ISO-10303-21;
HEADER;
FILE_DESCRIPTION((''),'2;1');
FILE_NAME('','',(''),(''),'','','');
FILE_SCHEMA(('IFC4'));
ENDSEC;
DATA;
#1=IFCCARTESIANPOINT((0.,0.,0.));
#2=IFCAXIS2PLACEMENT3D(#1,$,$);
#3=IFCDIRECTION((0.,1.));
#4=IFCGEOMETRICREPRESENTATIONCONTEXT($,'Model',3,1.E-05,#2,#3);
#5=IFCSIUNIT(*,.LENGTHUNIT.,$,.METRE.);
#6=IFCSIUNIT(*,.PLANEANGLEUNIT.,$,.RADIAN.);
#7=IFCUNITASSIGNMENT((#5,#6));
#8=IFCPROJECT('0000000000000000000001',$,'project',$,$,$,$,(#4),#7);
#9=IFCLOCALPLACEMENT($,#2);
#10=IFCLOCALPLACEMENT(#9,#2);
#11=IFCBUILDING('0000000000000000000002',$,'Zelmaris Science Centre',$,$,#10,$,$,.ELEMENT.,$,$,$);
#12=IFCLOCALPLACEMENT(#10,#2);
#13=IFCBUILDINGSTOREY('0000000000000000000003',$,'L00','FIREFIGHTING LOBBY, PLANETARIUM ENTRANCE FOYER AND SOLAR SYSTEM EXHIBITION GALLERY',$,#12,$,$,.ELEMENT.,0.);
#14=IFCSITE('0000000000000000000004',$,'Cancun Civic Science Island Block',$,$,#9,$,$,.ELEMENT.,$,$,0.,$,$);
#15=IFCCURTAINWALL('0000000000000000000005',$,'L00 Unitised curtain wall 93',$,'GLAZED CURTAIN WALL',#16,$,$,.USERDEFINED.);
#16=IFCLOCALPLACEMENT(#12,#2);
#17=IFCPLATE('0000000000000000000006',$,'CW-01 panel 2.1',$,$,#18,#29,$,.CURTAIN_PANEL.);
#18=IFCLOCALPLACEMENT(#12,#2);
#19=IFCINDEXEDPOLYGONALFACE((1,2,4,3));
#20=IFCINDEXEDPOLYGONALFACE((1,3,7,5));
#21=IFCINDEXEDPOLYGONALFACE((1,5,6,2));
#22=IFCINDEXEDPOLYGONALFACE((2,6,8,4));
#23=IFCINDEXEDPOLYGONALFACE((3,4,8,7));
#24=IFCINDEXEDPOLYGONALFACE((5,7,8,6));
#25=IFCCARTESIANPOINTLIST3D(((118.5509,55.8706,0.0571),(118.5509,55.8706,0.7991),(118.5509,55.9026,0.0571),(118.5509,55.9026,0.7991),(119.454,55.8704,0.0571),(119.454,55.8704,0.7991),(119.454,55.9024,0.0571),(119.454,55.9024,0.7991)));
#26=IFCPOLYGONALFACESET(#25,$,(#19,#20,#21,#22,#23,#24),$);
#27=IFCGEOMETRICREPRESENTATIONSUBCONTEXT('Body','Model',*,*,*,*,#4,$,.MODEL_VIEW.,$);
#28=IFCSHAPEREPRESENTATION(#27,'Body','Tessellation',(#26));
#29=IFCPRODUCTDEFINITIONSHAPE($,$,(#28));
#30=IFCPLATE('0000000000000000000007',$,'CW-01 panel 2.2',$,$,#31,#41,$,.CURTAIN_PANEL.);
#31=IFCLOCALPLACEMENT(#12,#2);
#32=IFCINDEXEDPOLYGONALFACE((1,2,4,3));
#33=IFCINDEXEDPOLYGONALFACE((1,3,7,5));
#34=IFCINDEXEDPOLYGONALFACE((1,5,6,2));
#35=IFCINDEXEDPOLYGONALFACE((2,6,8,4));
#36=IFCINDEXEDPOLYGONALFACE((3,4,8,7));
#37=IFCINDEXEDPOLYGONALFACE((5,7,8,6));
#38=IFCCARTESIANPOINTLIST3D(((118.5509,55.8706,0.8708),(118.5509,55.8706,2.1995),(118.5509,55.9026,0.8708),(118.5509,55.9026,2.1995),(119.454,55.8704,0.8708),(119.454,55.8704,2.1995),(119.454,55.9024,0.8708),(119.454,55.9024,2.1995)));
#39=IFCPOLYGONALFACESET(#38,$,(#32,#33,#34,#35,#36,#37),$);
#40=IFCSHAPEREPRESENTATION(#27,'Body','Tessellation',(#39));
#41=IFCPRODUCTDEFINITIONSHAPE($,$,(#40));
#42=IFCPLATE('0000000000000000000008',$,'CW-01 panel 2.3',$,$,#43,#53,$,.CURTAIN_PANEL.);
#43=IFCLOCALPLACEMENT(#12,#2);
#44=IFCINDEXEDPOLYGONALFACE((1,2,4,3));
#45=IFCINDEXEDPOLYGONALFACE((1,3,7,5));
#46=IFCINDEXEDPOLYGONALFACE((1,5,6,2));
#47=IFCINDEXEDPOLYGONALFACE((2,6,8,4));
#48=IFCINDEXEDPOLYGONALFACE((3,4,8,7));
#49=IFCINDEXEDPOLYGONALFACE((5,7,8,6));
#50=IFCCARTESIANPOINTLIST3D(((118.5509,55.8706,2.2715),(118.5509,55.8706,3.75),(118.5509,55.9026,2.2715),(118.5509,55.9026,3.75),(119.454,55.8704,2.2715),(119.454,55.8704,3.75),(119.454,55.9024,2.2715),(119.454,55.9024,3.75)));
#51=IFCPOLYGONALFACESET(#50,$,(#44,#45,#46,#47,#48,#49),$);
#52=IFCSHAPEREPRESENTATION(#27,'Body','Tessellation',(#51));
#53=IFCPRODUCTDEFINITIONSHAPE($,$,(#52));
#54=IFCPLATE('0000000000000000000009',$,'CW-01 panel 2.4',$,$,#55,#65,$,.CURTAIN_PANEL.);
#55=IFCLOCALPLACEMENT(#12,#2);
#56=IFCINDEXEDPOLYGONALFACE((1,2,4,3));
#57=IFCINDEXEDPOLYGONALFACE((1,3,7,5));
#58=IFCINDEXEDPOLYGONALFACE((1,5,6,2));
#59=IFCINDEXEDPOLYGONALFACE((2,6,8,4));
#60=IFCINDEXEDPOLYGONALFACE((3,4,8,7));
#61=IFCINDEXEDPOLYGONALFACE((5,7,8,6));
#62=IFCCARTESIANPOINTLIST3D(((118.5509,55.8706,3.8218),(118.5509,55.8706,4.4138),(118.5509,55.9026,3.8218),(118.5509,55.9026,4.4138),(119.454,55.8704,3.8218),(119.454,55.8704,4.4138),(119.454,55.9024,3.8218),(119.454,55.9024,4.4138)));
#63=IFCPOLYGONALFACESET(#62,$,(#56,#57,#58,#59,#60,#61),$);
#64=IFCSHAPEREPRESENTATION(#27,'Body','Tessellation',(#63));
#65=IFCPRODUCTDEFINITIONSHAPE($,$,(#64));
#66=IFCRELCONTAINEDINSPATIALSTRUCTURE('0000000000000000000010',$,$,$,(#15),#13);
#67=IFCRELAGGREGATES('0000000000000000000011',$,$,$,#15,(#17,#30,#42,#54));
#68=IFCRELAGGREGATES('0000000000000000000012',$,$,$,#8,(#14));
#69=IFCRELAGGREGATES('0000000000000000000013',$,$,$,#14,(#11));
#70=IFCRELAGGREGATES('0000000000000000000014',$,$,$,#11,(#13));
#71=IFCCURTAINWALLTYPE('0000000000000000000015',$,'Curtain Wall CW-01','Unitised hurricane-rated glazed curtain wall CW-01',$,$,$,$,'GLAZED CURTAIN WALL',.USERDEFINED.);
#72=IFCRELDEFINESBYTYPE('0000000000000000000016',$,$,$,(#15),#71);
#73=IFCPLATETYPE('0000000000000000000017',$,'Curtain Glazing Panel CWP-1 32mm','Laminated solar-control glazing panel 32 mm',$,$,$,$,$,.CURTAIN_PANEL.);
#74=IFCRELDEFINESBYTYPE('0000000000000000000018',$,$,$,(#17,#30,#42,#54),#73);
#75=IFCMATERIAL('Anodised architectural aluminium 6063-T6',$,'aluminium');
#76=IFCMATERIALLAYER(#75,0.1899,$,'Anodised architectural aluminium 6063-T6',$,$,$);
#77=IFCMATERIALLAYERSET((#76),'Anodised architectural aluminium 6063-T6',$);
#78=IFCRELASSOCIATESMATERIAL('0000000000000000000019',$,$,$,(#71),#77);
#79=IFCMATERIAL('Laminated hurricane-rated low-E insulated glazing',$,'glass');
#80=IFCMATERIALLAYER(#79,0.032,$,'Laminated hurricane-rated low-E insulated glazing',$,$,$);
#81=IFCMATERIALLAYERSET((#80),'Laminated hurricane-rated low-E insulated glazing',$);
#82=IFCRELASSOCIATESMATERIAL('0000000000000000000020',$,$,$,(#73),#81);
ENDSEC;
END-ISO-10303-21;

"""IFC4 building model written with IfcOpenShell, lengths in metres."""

from ifc_helpers import new_model, si_unit, direction, frame, origin, origin_2d, place, context, subcontext, project, spatial, rectangle, extrude, material, layer, layer_set, type_object, element, aggregate, save


model = new_model("IFC4")

# Units and contexts
model_context = context("Model", 3, precision=1e-05, world=origin(), true_north=direction((0.0, 1.0)))
body_context = subcontext(model_context, "Body", "Model", "MODEL_VIEW")
ifc_project = project(units=[si_unit("LENGTHUNIT", "METRE"), si_unit("PLANEANGLEUNIT", "RADIAN")], contexts=[model_context])

# Site, building, storey
site_placement = place(None, origin())
site = spatial("IfcSite", under=ifc_project, at=site_placement, Name="Cancun Civic Science Island Block", CompositionType="ELEMENT", RefElevation=0.0)
building_placement = place(site_placement, origin())
building = spatial("IfcBuilding", under=site, at=building_placement, Name="Zelmaris Science Centre", CompositionType="ELEMENT")
storey_placement = place(building_placement, origin())
storey = spatial("IfcBuildingStorey", under=building, at=storey_placement, Name="L00", Description="FIREFIGHTING LOBBY, PLANETARIUM ENTRANCE FOYER AND SOLAR SYSTEM EXHIBITION GALLERY", CompositionType="ELEMENT", Elevation=0.0)

# Shared definitions
ifc_material_1 = material(Name="Anodised architectural aluminium 6063-T6", Category="aluminium")

# Curtain wall
ifc_layer_1 = layer(ifc_material_1, 0.1899, Name="Anodised architectural aluminium 6063-T6")
ifc_layer_set_1 = layer_set([ifc_layer_1], Name="Anodised architectural aluminium 6063-T6")
curtain_wall_type_1 = type_object("IfcCurtainWallType", Name="Curtain Wall CW-01", Description="Unitised hurricane-rated glazed curtain wall CW-01", ElementType="GLAZED CURTAIN WALL", PredefinedType="USERDEFINED", material=ifc_layer_set_1)
curtain_wall_1_placement = place(storey_placement, origin())
curtain_wall_1 = element("IfcCurtainWall", 1, at=curtain_wall_1_placement, inside=storey, type_object=curtain_wall_type_1, Name="L00 Unitised curtain wall 93", ObjectType="GLAZED CURTAIN WALL", PredefinedType="USERDEFINED")

# Plates
ifc_material_2 = material(Name="Laminated hurricane-rated low-E insulated glazing", Category="glass")
ifc_layer_2 = layer(ifc_material_2, 0.032, Name="Laminated hurricane-rated low-E insulated glazing")
ifc_layer_set_2 = layer_set([ifc_layer_2], Name="Laminated hurricane-rated low-E insulated glazing")
plate_type = type_object("IfcPlateType", Name="Curtain Glazing Panel CWP-1 32mm", Description="Laminated solar-control glazing panel 32 mm", PredefinedType="CURTAIN_PANEL", material=ifc_layer_set_2)
plate_1_placement = place(storey_placement, frame((119.0024, 55.8865, 0.0571), z_axis=(0.0, 0.0, 1.0), x_axis=(1.0, -0.000205, 0.0)))
plate_1 = element("IfcPlate", 2, at=plate_1_placement, type_object=plate_type, Name="CW-01 panel 2.1", PredefinedType="CURTAIN_PANEL", context=body_context, shape_type="SweptSolid", body=[
    extrude(rectangle(XDim=0.9031, YDim=0.032, at=origin_2d()), origin(), (0.0, 0.0, 1.0), 0.7419),
])
plate_2_placement = place(storey_placement, frame((119.0024, 55.8865, 0.8708), z_axis=(0.0, 0.0, 1.0), x_axis=(1.0, -0.000205, 0.0)))
plate_2 = element("IfcPlate", 3, at=plate_2_placement, type_object=plate_type, Name="CW-01 panel 2.2", PredefinedType="CURTAIN_PANEL", context=body_context, shape_type="SweptSolid", body=[
    extrude(rectangle(XDim=0.9031, YDim=0.032, at=origin_2d()), origin(), (0.0, 0.0, 1.0), 1.3286),
])
plate_3_placement = place(storey_placement, frame((119.0024, 55.8865, 2.2715), z_axis=(0.0, 0.0, 1.0), x_axis=(1.0, -0.000205, 0.0)))
plate_3 = element("IfcPlate", 4, at=plate_3_placement, type_object=plate_type, Name="CW-01 panel 2.3", PredefinedType="CURTAIN_PANEL", context=body_context, shape_type="SweptSolid", body=[
    extrude(rectangle(XDim=0.9031, YDim=0.032, at=origin_2d()), origin(), (0.0, 0.0, 1.0), 1.4785),
])
plate_4_placement = place(storey_placement, frame((119.0024, 55.8865, 3.8218), z_axis=(0.0, 0.0, 1.0), x_axis=(1.0, -0.000205, 0.0)))
plate_4 = element("IfcPlate", 5, at=plate_4_placement, type_object=plate_type, Name="CW-01 panel 2.4", PredefinedType="CURTAIN_PANEL", context=body_context, shape_type="SweptSolid", body=[
    extrude(rectangle(XDim=0.9031, YDim=0.032, at=origin_2d()), origin(), (0.0, 0.0, 1.0), 0.592),
])
aggregate(curtain_wall_1, [plate_1, plate_2, plate_3, plate_4])

save(model, "model.ifc")
